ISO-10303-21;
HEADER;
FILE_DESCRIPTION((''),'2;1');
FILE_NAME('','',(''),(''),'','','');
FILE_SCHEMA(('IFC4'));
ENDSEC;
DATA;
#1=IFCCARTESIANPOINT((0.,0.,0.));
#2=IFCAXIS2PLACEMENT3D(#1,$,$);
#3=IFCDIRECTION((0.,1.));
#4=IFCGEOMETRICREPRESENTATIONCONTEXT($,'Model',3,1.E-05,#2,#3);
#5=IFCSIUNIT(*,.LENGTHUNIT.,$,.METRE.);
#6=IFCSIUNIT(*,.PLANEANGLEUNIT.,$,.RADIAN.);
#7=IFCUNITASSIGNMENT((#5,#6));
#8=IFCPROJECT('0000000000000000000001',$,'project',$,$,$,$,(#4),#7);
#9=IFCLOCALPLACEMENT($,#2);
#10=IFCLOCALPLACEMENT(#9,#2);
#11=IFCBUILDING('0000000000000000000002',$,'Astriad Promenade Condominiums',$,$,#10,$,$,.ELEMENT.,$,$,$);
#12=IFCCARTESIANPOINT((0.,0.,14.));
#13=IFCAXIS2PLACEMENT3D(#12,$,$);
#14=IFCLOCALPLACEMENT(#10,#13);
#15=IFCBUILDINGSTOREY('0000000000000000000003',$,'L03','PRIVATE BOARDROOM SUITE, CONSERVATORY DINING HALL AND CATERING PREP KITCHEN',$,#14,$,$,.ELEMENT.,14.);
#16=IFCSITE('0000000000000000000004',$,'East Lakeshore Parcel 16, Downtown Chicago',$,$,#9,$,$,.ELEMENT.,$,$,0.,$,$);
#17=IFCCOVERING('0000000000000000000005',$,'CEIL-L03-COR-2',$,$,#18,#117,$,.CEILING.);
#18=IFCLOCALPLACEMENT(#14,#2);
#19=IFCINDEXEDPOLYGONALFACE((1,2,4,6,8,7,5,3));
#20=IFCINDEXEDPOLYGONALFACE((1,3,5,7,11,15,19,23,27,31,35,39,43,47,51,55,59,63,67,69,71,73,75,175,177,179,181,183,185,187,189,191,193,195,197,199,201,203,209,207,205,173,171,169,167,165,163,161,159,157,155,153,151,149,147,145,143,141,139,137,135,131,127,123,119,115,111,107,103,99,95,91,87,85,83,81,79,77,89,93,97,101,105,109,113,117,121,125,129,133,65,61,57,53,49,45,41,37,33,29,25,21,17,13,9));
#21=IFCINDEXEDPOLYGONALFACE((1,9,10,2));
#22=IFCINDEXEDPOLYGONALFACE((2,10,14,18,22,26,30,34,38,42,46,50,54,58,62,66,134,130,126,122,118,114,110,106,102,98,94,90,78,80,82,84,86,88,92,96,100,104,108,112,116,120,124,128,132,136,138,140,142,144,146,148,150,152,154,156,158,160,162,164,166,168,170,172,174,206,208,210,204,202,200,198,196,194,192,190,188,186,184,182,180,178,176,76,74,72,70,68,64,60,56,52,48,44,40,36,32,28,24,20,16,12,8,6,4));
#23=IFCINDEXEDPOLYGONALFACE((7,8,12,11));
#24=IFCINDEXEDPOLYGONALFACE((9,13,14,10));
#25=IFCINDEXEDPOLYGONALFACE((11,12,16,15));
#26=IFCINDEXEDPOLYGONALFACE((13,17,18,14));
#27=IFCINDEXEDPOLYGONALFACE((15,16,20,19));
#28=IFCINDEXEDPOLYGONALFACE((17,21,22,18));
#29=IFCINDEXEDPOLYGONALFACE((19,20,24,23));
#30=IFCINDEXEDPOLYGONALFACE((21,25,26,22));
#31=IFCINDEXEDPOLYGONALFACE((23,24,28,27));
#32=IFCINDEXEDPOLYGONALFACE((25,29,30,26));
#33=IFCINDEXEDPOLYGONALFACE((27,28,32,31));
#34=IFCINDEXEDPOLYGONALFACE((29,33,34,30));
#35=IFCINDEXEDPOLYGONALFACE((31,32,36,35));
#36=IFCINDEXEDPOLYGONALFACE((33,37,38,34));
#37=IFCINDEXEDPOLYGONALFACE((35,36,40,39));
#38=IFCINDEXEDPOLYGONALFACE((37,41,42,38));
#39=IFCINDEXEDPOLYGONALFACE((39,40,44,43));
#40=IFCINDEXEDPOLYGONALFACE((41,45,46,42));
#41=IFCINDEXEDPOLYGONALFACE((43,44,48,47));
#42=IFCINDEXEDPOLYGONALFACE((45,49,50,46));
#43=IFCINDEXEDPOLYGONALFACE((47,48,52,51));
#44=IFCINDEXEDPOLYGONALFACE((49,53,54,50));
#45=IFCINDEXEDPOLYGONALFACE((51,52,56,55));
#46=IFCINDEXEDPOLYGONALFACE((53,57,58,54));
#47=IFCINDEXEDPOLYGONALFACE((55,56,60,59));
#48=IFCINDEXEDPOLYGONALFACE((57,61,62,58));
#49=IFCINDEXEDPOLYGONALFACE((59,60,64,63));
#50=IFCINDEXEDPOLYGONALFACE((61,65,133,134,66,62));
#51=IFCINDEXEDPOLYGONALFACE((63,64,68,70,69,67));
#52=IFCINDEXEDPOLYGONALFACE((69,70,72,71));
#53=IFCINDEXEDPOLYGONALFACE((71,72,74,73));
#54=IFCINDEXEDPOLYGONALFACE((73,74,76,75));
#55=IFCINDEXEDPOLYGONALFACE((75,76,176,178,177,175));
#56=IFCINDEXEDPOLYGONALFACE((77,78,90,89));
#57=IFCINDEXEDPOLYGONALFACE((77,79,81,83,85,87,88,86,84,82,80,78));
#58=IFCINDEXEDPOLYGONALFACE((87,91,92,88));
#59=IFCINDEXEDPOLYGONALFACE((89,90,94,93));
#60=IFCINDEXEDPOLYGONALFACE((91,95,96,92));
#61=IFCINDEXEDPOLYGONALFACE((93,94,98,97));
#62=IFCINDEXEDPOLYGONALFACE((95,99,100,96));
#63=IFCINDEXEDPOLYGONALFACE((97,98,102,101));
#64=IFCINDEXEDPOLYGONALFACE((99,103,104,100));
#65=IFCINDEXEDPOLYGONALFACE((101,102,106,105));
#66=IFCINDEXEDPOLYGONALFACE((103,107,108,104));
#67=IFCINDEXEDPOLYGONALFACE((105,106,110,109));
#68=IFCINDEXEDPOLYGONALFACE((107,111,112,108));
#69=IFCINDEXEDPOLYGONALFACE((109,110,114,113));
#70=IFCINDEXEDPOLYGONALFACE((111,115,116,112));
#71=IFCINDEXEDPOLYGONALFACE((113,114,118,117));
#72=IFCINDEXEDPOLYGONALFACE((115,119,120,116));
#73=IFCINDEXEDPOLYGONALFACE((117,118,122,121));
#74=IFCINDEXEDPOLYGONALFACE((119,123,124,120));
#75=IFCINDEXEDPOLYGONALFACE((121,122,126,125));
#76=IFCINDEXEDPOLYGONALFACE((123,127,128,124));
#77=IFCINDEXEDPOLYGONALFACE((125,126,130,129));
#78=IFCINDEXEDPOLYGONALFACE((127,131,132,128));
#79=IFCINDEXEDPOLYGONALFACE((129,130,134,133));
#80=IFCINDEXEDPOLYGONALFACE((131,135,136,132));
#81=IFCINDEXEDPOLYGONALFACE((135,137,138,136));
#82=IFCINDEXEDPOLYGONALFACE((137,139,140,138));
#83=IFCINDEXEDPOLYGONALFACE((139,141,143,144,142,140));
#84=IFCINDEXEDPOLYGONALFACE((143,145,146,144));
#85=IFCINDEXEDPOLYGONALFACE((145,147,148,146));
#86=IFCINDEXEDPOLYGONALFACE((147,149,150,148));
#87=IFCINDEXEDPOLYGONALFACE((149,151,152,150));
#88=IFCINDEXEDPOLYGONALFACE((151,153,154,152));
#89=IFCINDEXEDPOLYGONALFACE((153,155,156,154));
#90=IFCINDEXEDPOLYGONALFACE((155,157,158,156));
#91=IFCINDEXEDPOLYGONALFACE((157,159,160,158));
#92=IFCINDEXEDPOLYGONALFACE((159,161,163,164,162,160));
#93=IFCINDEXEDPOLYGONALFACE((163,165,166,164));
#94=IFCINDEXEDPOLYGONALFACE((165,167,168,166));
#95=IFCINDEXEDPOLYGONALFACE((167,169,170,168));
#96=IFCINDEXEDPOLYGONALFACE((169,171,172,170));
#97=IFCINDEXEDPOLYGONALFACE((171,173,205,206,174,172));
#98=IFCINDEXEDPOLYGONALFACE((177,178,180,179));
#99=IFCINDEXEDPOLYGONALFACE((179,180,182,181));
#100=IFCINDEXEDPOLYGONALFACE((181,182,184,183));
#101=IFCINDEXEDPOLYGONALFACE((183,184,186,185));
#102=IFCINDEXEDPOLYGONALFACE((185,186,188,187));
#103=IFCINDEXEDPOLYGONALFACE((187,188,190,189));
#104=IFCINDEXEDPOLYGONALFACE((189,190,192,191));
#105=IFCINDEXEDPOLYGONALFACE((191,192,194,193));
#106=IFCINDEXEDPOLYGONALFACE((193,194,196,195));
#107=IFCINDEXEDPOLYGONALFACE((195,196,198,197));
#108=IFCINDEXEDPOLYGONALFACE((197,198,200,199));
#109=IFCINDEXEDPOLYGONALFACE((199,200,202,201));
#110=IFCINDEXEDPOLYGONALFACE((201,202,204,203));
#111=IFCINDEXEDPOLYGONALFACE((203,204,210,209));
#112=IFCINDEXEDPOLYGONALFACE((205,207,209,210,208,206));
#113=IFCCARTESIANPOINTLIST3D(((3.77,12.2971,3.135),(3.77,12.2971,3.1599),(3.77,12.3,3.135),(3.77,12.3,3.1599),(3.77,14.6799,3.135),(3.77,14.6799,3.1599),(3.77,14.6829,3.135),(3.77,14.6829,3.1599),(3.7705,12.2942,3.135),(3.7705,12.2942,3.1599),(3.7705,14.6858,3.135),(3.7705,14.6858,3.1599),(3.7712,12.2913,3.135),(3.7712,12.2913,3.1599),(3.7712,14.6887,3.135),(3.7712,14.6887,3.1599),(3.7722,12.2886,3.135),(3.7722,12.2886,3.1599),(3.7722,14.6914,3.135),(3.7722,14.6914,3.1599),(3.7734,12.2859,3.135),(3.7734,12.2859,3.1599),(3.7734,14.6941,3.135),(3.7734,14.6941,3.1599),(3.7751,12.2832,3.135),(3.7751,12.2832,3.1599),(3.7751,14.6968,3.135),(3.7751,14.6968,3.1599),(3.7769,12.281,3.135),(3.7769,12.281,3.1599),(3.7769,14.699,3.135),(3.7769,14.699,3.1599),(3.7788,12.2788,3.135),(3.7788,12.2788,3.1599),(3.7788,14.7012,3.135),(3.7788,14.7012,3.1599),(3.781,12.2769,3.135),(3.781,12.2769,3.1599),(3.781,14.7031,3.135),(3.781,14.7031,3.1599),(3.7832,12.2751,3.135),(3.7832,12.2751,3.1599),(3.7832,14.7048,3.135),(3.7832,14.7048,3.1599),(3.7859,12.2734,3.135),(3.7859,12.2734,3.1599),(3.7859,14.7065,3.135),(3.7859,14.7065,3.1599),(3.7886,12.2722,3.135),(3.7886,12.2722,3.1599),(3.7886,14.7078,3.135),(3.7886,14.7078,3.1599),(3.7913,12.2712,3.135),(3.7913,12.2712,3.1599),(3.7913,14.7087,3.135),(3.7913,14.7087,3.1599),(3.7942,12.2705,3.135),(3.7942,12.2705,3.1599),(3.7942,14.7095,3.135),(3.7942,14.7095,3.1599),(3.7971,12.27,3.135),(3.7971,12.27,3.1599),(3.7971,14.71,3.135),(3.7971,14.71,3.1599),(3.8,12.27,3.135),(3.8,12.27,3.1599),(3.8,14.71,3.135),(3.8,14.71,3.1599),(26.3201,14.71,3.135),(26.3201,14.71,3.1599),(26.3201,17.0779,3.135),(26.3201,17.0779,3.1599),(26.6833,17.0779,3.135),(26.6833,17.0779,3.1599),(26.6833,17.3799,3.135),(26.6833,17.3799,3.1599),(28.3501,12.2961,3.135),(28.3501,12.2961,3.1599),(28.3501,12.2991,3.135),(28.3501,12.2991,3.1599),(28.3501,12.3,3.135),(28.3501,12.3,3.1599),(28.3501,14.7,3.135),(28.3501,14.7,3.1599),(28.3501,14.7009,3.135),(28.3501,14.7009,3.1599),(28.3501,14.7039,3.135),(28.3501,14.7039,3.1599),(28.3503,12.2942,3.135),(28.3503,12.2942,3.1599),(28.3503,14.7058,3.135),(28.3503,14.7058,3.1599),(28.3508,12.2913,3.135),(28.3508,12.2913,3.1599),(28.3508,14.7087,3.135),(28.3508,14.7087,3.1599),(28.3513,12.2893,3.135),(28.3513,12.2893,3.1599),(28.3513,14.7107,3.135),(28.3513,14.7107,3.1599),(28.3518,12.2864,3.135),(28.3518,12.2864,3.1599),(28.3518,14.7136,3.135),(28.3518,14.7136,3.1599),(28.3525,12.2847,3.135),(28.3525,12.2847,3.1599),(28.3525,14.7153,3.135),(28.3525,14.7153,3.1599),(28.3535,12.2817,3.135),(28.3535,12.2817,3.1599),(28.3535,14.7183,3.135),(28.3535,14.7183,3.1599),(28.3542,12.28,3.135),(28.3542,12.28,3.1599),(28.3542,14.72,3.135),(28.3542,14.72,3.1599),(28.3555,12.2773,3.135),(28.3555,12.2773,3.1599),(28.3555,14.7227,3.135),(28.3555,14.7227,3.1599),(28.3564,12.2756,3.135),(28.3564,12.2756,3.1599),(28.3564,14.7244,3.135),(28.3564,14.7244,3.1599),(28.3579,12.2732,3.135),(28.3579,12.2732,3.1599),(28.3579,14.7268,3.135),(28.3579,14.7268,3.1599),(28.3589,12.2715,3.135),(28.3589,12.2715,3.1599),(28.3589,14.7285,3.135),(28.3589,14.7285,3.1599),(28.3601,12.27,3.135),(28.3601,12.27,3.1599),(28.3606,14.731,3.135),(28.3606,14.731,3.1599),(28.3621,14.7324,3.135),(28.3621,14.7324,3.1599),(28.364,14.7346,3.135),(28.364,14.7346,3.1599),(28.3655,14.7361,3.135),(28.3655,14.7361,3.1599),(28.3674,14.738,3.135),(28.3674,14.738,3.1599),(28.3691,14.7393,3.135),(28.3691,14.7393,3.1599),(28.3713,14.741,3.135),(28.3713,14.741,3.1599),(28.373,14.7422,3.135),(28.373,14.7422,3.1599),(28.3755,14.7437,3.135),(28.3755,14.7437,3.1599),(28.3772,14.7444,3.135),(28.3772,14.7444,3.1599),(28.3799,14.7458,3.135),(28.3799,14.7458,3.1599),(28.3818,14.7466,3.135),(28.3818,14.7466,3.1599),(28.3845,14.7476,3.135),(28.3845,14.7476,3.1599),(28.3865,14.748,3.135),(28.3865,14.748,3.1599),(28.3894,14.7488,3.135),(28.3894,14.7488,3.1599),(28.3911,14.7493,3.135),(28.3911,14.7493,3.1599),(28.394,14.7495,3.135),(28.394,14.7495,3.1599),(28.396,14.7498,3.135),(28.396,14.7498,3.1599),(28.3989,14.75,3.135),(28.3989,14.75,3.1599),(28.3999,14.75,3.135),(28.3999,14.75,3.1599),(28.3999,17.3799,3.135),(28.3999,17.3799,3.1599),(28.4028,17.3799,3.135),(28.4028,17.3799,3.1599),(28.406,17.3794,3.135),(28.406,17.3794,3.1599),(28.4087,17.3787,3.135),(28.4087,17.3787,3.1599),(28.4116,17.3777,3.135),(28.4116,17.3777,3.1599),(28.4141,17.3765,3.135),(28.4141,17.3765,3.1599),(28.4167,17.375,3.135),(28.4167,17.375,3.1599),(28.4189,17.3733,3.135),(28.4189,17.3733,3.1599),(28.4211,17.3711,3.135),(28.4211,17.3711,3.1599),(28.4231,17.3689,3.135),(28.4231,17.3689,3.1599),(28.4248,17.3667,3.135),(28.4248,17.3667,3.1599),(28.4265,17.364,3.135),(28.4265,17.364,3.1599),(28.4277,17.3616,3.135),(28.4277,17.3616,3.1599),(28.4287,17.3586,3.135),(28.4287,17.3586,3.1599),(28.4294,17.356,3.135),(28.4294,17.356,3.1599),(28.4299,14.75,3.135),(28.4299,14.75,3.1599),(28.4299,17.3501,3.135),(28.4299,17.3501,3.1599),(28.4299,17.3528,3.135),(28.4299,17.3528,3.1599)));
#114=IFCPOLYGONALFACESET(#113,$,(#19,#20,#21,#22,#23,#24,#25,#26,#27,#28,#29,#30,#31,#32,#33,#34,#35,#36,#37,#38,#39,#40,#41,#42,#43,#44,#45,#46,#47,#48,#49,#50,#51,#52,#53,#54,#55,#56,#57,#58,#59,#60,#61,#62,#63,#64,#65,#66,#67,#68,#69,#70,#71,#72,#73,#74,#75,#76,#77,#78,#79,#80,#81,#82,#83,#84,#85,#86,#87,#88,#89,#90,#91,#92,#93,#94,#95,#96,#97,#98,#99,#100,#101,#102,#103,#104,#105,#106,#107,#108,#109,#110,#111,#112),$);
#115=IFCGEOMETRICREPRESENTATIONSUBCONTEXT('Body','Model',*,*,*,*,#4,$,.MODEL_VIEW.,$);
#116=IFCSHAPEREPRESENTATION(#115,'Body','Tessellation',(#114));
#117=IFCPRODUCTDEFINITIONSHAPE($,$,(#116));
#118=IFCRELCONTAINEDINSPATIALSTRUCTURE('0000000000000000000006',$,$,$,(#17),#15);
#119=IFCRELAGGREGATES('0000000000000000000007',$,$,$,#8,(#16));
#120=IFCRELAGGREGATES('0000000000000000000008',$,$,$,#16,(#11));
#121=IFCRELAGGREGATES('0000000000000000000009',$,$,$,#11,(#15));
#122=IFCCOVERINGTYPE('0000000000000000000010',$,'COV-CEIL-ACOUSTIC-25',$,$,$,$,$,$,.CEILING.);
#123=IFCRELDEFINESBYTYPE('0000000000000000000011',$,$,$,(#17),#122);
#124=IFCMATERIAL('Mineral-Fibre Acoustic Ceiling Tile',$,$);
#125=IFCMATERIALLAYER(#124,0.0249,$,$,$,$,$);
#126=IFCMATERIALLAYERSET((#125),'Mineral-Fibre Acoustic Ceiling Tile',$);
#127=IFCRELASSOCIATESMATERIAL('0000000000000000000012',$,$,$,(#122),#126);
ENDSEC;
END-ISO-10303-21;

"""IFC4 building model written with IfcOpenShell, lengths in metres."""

from ifc_helpers import new_model, si_unit, direction, frame, origin, place, context, subcontext, project, spatial, polyline, outline, extrude, material, layer, layer_set, type_object, element, save


model = new_model("IFC4")

# Units and contexts
model_context = context("Model", 3, precision=1e-05, world=origin(), true_north=direction((0.0, 1.0)))
body_context = subcontext(model_context, "Body", "Model", "MODEL_VIEW")
ifc_project = project(units=[si_unit("LENGTHUNIT", "METRE"), si_unit("PLANEANGLEUNIT", "RADIAN")], contexts=[model_context])

# Site, building, storey
site_placement = place(None, origin())
site = spatial("IfcSite", under=ifc_project, at=site_placement, Name="East Lakeshore Parcel 16, Downtown Chicago", CompositionType="ELEMENT", RefElevation=0.0)
building_placement = place(site_placement, origin())
building = spatial("IfcBuilding", under=site, at=building_placement, Name="Astriad Promenade Condominiums", CompositionType="ELEMENT")
storey_placement = place(building_placement, frame((0.0, 0.0, 14.0)))
storey = spatial("IfcBuildingStorey", under=building, at=storey_placement, Name="L03", Description="PRIVATE BOARDROOM SUITE, CONSERVATORY DINING HALL AND CATERING PREP KITCHEN", CompositionType="ELEMENT", Elevation=14.0)

# Covering
ifc_material_1 = material(Name="Mineral-Fibre Acoustic Ceiling Tile")
ifc_layer_1 = layer(ifc_material_1, 0.0249)
ifc_layer_set_1 = layer_set([ifc_layer_1], Name="Mineral-Fibre Acoustic Ceiling Tile")
covering_type_1 = type_object("IfcCoveringType", Name="COV-CEIL-ACOUSTIC-25", PredefinedType="CEILING", material=ifc_layer_set_1)
covering_1_placement = place(storey_placement, frame((0.0, 0.0, 3.135)))
element("IfcCovering", 1, at=covering_1_placement, inside=storey, type_object=covering_type_1, Name="CEIL-L03-COR-2", PredefinedType="CEILING", context=body_context, shape_type="SweptSolid", body=[
    extrude(outline(polyline([(3.7942, 12.2705), (3.7913, 12.2712), (3.7886, 12.2722), (3.7859, 12.2734), (3.7832, 12.2751), (3.781, 12.2769), (3.7788, 12.2788), (3.7769, 12.281), (3.7751, 12.2832), (3.7734, 12.2859), (3.7722, 12.2886), (3.7712, 12.2913), (3.7705, 12.2942), (3.77, 12.2971), (3.77, 12.3), (3.77, 14.6799), (3.77, 14.6829), (3.7705, 14.6858), (3.7712, 14.6887), (3.7722, 14.6914), (3.7734, 14.6941), (3.7751, 14.6968), (3.7769, 14.699), (3.7788, 14.7012), (3.781, 14.7031), (3.7832, 14.7048), (3.7859, 14.7065), (3.7886, 14.7078), (3.7913, 14.7087), (3.7942, 14.7095), (3.7971, 14.71), (3.8, 14.71), (26.3201, 14.71), (26.3201, 17.0779), (26.6833, 17.0779), (26.6833, 17.3799), (28.3999, 17.3799), (28.4028, 17.3799), (28.406, 17.3794), (28.4087, 17.3787), (28.4116, 17.3777), (28.4141, 17.3765), (28.4167, 17.375), (28.4189, 17.3733), (28.4211, 17.3711), (28.4231, 17.3689), (28.4248, 17.3667), (28.4265, 17.364), (28.4277, 17.3616), (28.4287, 17.3586), (28.4294, 17.356), (28.4299, 17.3528), (28.4299, 17.3501), (28.4299, 14.75), (28.3999, 14.75), (28.3989, 14.75), (28.396, 14.7498), (28.394, 14.7495), (28.3911, 14.7493), (28.3894, 14.7488), (28.3865, 14.748), (28.3845, 14.7476), (28.3818, 14.7466), (28.3799, 14.7458), (28.3772, 14.7444), (28.3755, 14.7437), (28.373, 14.7422), (28.3713, 14.741), (28.3691, 14.7393), (28.3674, 14.738), (28.3655, 14.7361), (28.364, 14.7346), (28.3621, 14.7324), (28.3606, 14.731), (28.3589, 14.7285), (28.3579, 14.7268), (28.3564, 14.7244), (28.3555, 14.7227), (28.3542, 14.72), (28.3535, 14.7183), (28.3525, 14.7153), (28.3518, 14.7136), (28.3513, 14.7107), (28.3508, 14.7087), (28.3503, 14.7058), (28.3501, 14.7039), (28.3501, 14.7009), (28.3501, 14.7), (28.3501, 12.3), (28.3501, 12.2991), (28.3501, 12.2961), (28.3503, 12.2942), (28.3508, 12.2913), (28.3513, 12.2893), (28.3518, 12.2864), (28.3525, 12.2847), (28.3535, 12.2817), (28.3542, 12.28), (28.3555, 12.2773), (28.3564, 12.2756), (28.3579, 12.2732), (28.3589, 12.2715), (28.3601, 12.27), (3.8, 12.27), (3.7971, 12.27), (3.7942, 12.2705)])), origin(), (0.0, 0.0, 1.0), 0.0249),
])

save(model, "model.ifc")
